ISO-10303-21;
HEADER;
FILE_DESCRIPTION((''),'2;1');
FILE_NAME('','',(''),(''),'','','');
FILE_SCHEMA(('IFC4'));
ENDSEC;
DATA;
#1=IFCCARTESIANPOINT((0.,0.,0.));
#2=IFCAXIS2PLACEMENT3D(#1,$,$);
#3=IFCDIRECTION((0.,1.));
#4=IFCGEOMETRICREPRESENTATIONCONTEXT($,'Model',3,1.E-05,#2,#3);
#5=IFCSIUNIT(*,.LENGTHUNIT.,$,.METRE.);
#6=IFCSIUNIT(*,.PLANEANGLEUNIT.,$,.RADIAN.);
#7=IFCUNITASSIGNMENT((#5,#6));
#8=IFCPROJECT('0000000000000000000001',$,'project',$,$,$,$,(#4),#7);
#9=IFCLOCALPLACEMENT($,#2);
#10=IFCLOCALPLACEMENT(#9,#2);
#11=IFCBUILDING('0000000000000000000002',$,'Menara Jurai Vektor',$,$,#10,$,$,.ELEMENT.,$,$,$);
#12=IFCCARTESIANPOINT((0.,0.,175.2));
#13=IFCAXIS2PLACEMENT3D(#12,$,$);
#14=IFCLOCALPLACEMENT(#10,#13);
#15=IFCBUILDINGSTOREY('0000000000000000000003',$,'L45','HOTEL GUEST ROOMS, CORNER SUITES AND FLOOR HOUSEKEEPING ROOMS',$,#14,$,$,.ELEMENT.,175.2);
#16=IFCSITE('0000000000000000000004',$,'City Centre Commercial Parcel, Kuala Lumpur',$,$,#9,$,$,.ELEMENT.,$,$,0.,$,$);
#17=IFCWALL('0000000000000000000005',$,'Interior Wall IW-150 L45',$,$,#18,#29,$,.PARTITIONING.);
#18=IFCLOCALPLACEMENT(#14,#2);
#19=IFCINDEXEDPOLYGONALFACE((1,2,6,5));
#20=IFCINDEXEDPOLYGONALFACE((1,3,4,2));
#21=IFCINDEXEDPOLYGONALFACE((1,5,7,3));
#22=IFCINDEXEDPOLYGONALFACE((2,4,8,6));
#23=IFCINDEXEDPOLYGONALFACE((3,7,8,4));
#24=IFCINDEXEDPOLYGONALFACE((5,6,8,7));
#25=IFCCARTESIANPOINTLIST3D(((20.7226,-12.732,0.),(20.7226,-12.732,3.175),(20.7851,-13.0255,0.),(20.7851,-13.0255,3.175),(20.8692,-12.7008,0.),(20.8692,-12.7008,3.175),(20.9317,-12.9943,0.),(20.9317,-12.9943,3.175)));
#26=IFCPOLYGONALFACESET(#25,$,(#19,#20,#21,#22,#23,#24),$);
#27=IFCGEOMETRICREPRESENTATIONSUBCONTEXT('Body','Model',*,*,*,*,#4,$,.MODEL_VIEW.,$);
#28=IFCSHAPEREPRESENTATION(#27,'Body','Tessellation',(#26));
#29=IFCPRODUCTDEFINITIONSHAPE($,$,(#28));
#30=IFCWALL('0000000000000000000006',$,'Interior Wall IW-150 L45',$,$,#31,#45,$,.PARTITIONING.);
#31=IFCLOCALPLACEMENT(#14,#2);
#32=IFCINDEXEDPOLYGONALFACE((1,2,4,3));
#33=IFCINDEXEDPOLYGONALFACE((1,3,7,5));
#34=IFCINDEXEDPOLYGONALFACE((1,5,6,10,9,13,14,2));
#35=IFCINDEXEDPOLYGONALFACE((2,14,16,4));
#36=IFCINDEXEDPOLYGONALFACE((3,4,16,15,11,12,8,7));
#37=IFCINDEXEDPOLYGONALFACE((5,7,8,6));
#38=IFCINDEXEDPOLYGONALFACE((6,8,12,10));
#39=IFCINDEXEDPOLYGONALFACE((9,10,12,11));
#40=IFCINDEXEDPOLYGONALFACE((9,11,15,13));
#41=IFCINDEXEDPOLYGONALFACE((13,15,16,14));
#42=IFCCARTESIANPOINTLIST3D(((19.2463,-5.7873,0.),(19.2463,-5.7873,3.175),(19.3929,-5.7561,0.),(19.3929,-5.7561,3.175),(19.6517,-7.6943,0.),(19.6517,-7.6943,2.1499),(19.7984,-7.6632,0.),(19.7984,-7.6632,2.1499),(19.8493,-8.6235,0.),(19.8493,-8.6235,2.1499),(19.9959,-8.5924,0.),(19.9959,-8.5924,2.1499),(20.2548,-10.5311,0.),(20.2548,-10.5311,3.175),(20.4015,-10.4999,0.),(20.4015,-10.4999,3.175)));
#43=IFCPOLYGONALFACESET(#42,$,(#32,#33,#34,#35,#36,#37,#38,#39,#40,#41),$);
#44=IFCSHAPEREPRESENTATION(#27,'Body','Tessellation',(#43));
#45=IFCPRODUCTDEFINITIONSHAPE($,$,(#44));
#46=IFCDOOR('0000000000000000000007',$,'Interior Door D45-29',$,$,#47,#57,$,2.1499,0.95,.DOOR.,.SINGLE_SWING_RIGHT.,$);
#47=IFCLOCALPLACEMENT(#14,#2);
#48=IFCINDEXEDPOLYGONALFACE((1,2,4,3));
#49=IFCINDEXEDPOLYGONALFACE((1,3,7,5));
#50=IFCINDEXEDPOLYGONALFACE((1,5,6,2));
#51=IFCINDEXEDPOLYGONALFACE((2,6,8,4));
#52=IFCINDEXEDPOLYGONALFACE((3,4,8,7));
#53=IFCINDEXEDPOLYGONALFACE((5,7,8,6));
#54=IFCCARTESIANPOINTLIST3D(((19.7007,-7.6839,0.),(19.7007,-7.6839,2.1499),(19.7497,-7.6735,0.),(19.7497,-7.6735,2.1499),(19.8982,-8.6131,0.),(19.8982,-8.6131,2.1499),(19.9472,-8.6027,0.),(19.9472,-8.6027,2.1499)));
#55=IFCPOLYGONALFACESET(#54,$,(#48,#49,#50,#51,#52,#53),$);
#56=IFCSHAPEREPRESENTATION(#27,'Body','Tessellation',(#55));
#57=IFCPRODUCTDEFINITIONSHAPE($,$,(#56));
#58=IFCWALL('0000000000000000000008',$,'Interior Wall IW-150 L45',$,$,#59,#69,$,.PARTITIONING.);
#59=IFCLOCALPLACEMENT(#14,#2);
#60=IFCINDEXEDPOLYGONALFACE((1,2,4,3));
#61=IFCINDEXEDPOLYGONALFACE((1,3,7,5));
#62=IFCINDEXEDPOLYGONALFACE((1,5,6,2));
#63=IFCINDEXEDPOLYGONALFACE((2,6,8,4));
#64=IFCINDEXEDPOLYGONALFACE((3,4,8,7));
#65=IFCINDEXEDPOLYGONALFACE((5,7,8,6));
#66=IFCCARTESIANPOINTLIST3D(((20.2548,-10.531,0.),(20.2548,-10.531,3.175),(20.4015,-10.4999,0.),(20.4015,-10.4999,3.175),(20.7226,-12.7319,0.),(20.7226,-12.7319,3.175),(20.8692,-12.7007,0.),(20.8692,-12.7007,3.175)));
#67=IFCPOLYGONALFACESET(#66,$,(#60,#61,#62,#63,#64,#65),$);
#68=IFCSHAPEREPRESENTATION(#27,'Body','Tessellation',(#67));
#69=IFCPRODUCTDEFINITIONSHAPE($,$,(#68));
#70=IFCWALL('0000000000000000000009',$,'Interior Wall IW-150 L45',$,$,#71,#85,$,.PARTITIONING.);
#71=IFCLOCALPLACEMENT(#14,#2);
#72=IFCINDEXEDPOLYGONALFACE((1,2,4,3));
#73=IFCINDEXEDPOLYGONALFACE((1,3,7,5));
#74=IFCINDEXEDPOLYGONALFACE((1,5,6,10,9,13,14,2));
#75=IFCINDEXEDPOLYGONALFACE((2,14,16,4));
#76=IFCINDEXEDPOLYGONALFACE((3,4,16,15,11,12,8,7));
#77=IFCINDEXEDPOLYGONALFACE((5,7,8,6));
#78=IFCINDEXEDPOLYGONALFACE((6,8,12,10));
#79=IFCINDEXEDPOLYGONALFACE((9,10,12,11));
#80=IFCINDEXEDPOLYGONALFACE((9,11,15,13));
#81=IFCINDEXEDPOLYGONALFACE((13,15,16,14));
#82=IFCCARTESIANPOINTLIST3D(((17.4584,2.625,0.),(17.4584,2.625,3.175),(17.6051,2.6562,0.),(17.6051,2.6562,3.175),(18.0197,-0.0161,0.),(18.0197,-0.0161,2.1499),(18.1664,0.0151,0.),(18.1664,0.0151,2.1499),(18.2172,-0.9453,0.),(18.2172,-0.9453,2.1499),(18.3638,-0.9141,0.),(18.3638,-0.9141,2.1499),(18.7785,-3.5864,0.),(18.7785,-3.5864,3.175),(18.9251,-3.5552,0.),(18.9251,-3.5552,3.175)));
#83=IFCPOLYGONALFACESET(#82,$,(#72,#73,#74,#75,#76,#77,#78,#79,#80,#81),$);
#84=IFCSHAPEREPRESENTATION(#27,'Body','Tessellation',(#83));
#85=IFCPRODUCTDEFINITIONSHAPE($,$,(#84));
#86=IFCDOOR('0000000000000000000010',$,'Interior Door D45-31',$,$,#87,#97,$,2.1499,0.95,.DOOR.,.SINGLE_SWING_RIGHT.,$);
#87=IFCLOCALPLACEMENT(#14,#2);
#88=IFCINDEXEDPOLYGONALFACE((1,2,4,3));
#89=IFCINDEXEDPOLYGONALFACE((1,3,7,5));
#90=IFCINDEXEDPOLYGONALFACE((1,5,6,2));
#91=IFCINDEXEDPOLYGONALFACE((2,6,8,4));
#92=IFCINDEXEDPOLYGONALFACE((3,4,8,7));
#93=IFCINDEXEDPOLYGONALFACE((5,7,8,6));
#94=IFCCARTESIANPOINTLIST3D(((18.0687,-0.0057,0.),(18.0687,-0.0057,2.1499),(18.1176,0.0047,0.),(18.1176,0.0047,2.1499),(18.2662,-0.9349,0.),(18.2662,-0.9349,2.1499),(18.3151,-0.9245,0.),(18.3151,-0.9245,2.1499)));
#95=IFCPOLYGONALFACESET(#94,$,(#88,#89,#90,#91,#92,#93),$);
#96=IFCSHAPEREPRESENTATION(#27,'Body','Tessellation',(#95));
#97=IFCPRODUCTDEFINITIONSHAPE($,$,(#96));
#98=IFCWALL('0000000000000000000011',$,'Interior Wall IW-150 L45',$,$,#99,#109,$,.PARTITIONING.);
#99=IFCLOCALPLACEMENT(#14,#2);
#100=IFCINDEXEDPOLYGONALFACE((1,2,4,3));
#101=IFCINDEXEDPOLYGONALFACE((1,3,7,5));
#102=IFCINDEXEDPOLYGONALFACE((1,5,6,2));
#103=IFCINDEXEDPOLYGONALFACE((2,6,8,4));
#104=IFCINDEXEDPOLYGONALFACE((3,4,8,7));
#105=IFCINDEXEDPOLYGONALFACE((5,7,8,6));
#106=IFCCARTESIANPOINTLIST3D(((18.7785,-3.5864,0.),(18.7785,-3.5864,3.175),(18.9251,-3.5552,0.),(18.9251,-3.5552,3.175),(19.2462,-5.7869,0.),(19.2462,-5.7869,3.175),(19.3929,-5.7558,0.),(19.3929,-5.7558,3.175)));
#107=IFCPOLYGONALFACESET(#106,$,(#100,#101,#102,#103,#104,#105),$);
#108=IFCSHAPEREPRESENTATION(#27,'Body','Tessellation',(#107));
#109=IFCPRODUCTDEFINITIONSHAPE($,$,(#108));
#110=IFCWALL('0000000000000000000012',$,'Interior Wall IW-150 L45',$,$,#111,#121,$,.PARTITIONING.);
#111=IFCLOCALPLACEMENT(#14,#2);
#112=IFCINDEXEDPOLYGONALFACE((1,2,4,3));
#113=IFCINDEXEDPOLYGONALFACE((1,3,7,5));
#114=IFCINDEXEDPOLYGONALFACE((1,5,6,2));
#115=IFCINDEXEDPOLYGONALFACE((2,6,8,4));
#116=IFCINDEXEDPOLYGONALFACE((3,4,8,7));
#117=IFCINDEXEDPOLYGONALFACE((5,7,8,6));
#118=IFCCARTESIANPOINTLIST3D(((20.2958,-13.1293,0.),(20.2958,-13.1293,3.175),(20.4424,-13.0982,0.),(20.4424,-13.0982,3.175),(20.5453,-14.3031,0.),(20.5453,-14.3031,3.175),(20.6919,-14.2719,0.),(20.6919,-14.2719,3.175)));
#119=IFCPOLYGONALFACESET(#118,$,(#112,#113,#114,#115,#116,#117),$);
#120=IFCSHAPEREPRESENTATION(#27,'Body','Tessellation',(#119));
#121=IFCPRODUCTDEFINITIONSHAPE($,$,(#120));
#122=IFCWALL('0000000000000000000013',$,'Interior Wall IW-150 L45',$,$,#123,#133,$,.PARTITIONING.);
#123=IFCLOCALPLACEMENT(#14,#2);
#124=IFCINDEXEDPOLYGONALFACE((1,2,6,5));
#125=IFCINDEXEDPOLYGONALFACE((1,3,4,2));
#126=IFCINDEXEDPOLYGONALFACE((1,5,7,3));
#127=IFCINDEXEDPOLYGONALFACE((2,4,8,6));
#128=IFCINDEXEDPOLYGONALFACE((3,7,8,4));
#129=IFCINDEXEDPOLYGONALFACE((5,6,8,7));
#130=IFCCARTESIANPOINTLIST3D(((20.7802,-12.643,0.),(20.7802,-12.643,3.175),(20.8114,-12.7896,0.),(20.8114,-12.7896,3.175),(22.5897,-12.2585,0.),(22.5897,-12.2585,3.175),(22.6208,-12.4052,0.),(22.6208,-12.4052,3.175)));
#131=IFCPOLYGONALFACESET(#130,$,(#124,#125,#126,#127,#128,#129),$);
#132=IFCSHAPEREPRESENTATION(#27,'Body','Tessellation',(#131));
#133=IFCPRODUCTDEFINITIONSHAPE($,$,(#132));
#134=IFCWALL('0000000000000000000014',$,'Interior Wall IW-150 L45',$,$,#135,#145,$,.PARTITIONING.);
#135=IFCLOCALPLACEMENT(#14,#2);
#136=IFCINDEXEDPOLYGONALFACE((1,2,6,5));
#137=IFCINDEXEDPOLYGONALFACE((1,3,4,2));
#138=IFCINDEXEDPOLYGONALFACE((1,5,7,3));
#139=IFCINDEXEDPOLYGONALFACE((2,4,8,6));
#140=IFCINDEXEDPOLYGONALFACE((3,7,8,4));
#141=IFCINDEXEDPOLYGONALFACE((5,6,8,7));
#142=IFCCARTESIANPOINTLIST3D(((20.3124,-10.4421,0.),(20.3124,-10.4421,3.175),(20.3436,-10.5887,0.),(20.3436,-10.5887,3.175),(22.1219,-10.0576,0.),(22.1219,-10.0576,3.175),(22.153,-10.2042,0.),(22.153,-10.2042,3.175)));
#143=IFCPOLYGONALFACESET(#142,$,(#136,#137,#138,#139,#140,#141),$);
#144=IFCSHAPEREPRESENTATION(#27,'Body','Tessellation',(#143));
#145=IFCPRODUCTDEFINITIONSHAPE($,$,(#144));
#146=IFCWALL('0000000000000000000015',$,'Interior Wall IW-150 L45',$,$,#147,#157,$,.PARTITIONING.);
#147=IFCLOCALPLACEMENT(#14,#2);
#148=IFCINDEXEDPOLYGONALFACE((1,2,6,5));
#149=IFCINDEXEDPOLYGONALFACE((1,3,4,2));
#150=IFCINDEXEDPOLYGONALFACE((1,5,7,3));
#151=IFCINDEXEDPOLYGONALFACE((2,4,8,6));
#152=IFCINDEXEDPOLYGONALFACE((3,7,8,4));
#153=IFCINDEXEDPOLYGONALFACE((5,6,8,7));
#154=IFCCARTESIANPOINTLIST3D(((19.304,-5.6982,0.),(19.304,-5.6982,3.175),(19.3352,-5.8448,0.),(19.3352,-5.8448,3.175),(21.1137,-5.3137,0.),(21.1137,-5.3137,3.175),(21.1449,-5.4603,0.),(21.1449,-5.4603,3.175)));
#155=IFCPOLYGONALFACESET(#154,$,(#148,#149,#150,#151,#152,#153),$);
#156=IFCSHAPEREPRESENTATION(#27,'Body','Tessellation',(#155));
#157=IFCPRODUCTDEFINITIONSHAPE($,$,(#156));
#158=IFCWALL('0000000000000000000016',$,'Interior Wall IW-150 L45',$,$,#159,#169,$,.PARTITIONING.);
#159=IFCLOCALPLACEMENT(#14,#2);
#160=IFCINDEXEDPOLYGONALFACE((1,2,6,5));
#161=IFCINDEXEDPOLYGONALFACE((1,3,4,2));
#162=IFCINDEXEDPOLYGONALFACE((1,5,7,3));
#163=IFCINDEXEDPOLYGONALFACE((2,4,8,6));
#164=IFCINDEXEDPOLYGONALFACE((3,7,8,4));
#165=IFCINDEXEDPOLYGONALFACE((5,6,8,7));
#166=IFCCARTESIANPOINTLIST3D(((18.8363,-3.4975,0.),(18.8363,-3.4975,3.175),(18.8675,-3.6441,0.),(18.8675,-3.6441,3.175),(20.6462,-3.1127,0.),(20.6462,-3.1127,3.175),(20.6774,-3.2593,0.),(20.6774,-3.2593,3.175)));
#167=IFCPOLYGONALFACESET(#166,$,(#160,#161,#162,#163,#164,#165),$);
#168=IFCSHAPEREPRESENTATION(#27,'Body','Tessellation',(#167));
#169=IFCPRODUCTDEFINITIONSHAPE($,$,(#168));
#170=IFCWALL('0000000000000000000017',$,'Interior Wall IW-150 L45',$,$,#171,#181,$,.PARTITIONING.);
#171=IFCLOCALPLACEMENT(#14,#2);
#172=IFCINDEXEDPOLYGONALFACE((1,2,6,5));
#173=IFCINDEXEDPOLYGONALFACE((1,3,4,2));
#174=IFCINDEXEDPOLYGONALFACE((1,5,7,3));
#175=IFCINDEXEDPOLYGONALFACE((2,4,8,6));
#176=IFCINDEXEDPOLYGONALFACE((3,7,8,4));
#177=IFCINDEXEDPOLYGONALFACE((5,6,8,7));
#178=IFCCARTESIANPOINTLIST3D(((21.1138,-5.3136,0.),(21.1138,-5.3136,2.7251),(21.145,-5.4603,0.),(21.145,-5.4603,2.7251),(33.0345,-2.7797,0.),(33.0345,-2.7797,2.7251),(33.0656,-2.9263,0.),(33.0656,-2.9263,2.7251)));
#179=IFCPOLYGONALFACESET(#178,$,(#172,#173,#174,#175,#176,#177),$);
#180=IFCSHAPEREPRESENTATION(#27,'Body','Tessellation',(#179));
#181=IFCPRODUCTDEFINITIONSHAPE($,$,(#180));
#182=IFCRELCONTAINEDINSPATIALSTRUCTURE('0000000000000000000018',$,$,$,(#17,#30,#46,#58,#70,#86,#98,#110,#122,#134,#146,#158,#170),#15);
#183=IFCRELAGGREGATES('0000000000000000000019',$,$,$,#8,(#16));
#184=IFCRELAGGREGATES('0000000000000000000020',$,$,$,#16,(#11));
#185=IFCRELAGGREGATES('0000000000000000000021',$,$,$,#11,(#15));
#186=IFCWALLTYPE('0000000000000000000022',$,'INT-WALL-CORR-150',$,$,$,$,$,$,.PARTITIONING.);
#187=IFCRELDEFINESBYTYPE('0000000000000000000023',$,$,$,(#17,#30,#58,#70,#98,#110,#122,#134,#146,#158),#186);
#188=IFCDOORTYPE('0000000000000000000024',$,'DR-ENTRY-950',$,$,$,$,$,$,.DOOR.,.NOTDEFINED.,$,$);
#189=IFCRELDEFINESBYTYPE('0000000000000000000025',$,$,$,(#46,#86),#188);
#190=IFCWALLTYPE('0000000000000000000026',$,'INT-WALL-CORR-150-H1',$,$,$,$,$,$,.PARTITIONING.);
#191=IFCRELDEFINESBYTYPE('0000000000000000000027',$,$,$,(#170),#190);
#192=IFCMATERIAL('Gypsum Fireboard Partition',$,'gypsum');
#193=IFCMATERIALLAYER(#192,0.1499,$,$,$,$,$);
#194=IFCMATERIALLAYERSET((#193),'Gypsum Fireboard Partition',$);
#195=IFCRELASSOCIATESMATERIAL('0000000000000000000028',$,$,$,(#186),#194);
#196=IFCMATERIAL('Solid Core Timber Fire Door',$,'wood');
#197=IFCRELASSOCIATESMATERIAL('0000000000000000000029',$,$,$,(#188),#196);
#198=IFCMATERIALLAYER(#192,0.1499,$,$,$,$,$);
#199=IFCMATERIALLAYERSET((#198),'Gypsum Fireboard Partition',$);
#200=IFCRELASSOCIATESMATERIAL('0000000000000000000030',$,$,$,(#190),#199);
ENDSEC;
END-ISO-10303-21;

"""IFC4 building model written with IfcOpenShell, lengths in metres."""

from ifc_helpers import new_model, si_unit, direction, frame, frame_2d, origin, place, context, subcontext, project, spatial, rectangle, extrude, material, layer, layer_set, type_object, element, fill, save


model = new_model("IFC4")

# Units and contexts
model_context = context("Model", 3, precision=1e-05, world=origin(), true_north=direction((0.0, 1.0)))
body_context = subcontext(model_context, "Body", "Model", "MODEL_VIEW")
ifc_project = project(units=[si_unit("LENGTHUNIT", "METRE"), si_unit("PLANEANGLEUNIT", "RADIAN")], contexts=[model_context])

# Site, building, storey
site_placement = place(None, origin())
site = spatial("IfcSite", under=ifc_project, at=site_placement, Name="City Centre Commercial Parcel, Kuala Lumpur", CompositionType="ELEMENT", RefElevation=0.0)
building_placement = place(site_placement, origin())
building = spatial("IfcBuilding", under=site, at=building_placement, Name="Menara Jurai Vektor", CompositionType="ELEMENT")
storey_placement = place(building_placement, frame((0.0, 0.0, 175.2)))
storey = spatial("IfcBuildingStorey", under=building, at=storey_placement, Name="L45", Description="HOTEL GUEST ROOMS, CORNER SUITES AND FLOOR HOUSEKEEPING ROOMS", CompositionType="ELEMENT", Elevation=175.2)

# Wall
ifc_material_1 = material(Name="Gypsum Fireboard Partition", Category="gypsum")
ifc_layer_1 = layer(ifc_material_1, 0.1499)
ifc_layer_set_1 = layer_set([ifc_layer_1], Name="Gypsum Fireboard Partition")
wall_type_1 = type_object("IfcWallType", Name="INT-WALL-CORR-150", PredefinedType="PARTITIONING", material=ifc_layer_set_1)
wall_1_placement = place(storey_placement, frame((20.8584, -13.0098, 0.0), z_axis=(0.0, 0.0, 1.0), x_axis=(-0.208306, 0.978064, 0.0)))
element("IfcWall", 1, at=wall_1_placement, inside=storey, type_object=wall_type_1, Name="Interior Wall IW-150 L45", PredefinedType="PARTITIONING", context=body_context, shape_type="SweptSolid", body=[
    extrude(rectangle(XDim=0.3, YDim=0.1499, at=frame_2d((0.1499, 0.0))), origin(), (0.0, 0.0, 1.0), 3.175),
])

# Wall, opening, door
wall_2_placement = place(storey_placement, frame((20.3281, -10.5154, 0.0), z_axis=(0.0, 0.0, 1.0), x_axis=(-0.207951, 0.978139, 0.0)))
wall_2 = element("IfcWall", 2, at=wall_2_placement, inside=storey, type_object=wall_type_1, Name="Interior Wall IW-150 L45", PredefinedType="PARTITIONING", context=body_context, shape_type="SweptSolid", body=[
    extrude(rectangle(XDim=4.8499, YDim=0.1499, at=frame_2d((2.4248, 0.0))), origin(), (0.0, 0.0, 1.0), 3.175),
])
opening_1_placement = place(wall_2_placement, frame((1.95, 0.0, 0.0)))
opening_1 = element("IfcOpeningElement", 3, at=opening_1_placement, cuts=wall_2, PredefinedType="OPENING", context=body_context, shape_type="SweptSolid", body=[
    extrude(rectangle(XDim=0.95, YDim=2.1499, at=frame_2d((0.4751, 1.075))), frame((0.0, 0.085, 0.0), z_axis=(0.0, -1.0, 0.0), x_axis=(1.0, 0.0, 0.0)), (0.0, 0.0, 1.0), 0.1699),
])
ifc_material_2 = material(Name="Solid Core Timber Fire Door", Category="wood")
door_type_1 = type_object("IfcDoorType", Name="DR-ENTRY-950", OperationType="NOTDEFINED", PredefinedType="DOOR", material=ifc_material_2)
door_1_placement = place(opening_1_placement, origin())
door_1 = element("IfcDoor", 4, at=door_1_placement, inside=storey, type_object=door_type_1, Name="Interior Door D45-29", OperationType="SINGLE_SWING_RIGHT", OverallHeight=2.1499, OverallWidth=0.95, PredefinedType="DOOR", context=body_context, shape_type="SweptSolid", body=[
    extrude(rectangle(XDim=0.95, YDim=2.1499, at=frame_2d((0.4751, 1.075))), frame((0.0, 0.0249, 0.0), z_axis=(0.0, -1.0, 0.0), x_axis=(1.0, 0.0, 0.0)), (0.0, 0.0, 1.0), 0.05),
])
fill(opening_1, door_1)

# Wall
wall_3_placement = place(storey_placement, frame((20.7959, -12.7163, 0.0), z_axis=(0.0, 0.0, 1.0), x_axis=(-0.207891, 0.978152, 0.0)))
element("IfcWall", 5, at=wall_3_placement, inside=storey, type_object=wall_type_1, Name="Interior Wall IW-150 L45", PredefinedType="PARTITIONING", context=body_context, shape_type="SweptSolid", body=[
    extrude(rectangle(XDim=2.25, YDim=0.1499, at=frame_2d((1.125, 0.0))), origin(), (0.0, 0.0, 1.0), 3.175),
])

# Wall, opening, door
wall_4_placement = place(storey_placement, frame((18.8518, -3.5708, 0.0), z_axis=(0.0, 0.0, 1.0), x_axis=(-0.20788, 0.978154, 0.0)))
wall_4 = element("IfcWall", 6, at=wall_4_placement, inside=storey, type_object=wall_type_1, Name="Interior Wall IW-150 L45", PredefinedType="PARTITIONING", context=body_context, shape_type="SweptSolid", body=[
    extrude(rectangle(XDim=6.3501, YDim=0.1499, at=frame_2d((3.175, 0.0))), origin(), (0.0, 0.0, 1.0), 3.175),
])
opening_2_placement = place(wall_4_placement, frame((2.7, 0.0, 0.0)))
opening_2 = element("IfcOpeningElement", 7, at=opening_2_placement, cuts=wall_4, PredefinedType="OPENING", context=body_context, shape_type="SweptSolid", body=[
    extrude(rectangle(XDim=0.95, YDim=2.1499, at=frame_2d((0.4751, 1.075))), frame((0.0, 0.085, 0.0), z_axis=(0.0, -1.0, 0.0), x_axis=(1.0, 0.0, 0.0)), (0.0, 0.0, 1.0), 0.1699),
])
door_2_placement = place(opening_2_placement, origin())
door_2 = element("IfcDoor", 8, at=door_2_placement, inside=storey, type_object=door_type_1, Name="Interior Door D45-31", OperationType="SINGLE_SWING_RIGHT", OverallHeight=2.1499, OverallWidth=0.95, PredefinedType="DOOR", context=body_context, shape_type="SweptSolid", body=[
    extrude(rectangle(XDim=0.95, YDim=2.1499, at=frame_2d((0.4751, 1.075))), frame((0.0, 0.0249, 0.0), z_axis=(0.0, -1.0, 0.0), x_axis=(1.0, 0.0, 0.0)), (0.0, 0.0, 1.0), 0.05),
])
fill(opening_2, door_2)

# Walls
wall_5_placement = place(storey_placement, frame((19.3196, -5.7715, 0.0), z_axis=(0.0, 0.0, 1.0), x_axis=(-0.207913, 0.978147, 0.0)))
element("IfcWall", 9, at=wall_5_placement, inside=storey, type_object=wall_type_1, Name="Interior Wall IW-150 L45", PredefinedType="PARTITIONING", context=body_context, shape_type="SweptSolid", body=[
    extrude(rectangle(XDim=2.2498, YDim=0.1499, at=frame_2d((1.125, 0.0))), origin(), (0.0, 0.0, 1.0), 3.175),
])
wall_6_placement = place(storey_placement, frame((20.6187, -14.2876, 0.0), z_axis=(0.0, 0.0, 1.0), x_axis=(-0.207917, 0.978146, 0.0)))
element("IfcWall", 10, at=wall_6_placement, inside=storey, type_object=wall_type_1, Name="Interior Wall IW-150 L45", PredefinedType="PARTITIONING", context=body_context, shape_type="SweptSolid", body=[
    extrude(rectangle(XDim=1.2, YDim=0.1499, at=frame_2d((0.6001, 0.0))), origin(), (0.0, 0.0, 1.0), 3.175),
])
for number, where, z_axis, x_axis, name in (
    (11, (20.7959, -12.7163, 0.0), (0.0, 0.0, 1.0), (0.97816, 0.207852, 0.0), "Interior Wall IW-150 L45"),
    (12, (20.3281, -10.5154, 0.0), (0.0, 0.0, 1.0), (0.97816, 0.207852, 0.0), "Interior Wall IW-150 L45"),
):
    element("IfcWall", number, at=place(storey_placement, frame(where, z_axis=z_axis, x_axis=x_axis)), inside=storey, type_object=wall_type_1, Name=name, PredefinedType="PARTITIONING", context=body_context, shape_type="SweptSolid", body=[
        extrude(rectangle(XDim=1.8499, YDim=0.1499, at=frame_2d((0.9248, 0.0))), origin(), (0.0, 0.0, 1.0), 3.175),
    ])

# Walls
wall_7_placement = place(storey_placement, frame((19.3196, -5.7715, 0.0), z_axis=(0.0, 0.0, 1.0), x_axis=(0.978166, 0.207826, 0.0)))
element("IfcWall", 13, at=wall_7_placement, inside=storey, type_object=wall_type_1, Name="Interior Wall IW-150 L45", PredefinedType="PARTITIONING", context=body_context, shape_type="SweptSolid", body=[
    extrude(rectangle(XDim=1.8501, YDim=0.1499, at=frame_2d((0.925, 0.0))), origin(), (0.0, 0.0, 1.0), 3.175),
])
wall_8_placement = place(storey_placement, frame((18.8518, -3.5708, 0.0), z_axis=(0.0, 0.0, 1.0), x_axis=(0.978139, 0.207952, 0.0)))
element("IfcWall", 14, at=wall_8_placement, inside=storey, type_object=wall_type_1, Name="Interior Wall IW-150 L45", PredefinedType="PARTITIONING", context=body_context, shape_type="SweptSolid", body=[
    extrude(rectangle(XDim=1.8503, YDim=0.1499, at=frame_2d((0.9253, 0.0))), origin(), (0.0, 0.0, 1.0), 3.175),
])

# Wall
ifc_layer_2 = layer(ifc_material_1, 0.1499)
ifc_layer_set_2 = layer_set([ifc_layer_2], Name="Gypsum Fireboard Partition")
wall_type_2 = type_object("IfcWallType", Name="INT-WALL-CORR-150-H1", PredefinedType="PARTITIONING", material=ifc_layer_set_2)
wall_9_placement = place(storey_placement, frame((21.1294, -5.387, 0.0), z_axis=(0.0, 0.0, 1.0), x_axis=(0.978146, 0.207921, 0.0)))
element("IfcWall", 15, at=wall_9_placement, inside=storey, type_object=wall_type_2, Name="Interior Wall IW-150 L45", PredefinedType="PARTITIONING", context=body_context, shape_type="SweptSolid", body=[
    extrude(rectangle(XDim=12.187, YDim=0.1499, at=frame_2d((6.0935, 0.0))), origin(), (0.0, 0.0, 1.0), 2.7251),
])

save(model, "model.ifc")
